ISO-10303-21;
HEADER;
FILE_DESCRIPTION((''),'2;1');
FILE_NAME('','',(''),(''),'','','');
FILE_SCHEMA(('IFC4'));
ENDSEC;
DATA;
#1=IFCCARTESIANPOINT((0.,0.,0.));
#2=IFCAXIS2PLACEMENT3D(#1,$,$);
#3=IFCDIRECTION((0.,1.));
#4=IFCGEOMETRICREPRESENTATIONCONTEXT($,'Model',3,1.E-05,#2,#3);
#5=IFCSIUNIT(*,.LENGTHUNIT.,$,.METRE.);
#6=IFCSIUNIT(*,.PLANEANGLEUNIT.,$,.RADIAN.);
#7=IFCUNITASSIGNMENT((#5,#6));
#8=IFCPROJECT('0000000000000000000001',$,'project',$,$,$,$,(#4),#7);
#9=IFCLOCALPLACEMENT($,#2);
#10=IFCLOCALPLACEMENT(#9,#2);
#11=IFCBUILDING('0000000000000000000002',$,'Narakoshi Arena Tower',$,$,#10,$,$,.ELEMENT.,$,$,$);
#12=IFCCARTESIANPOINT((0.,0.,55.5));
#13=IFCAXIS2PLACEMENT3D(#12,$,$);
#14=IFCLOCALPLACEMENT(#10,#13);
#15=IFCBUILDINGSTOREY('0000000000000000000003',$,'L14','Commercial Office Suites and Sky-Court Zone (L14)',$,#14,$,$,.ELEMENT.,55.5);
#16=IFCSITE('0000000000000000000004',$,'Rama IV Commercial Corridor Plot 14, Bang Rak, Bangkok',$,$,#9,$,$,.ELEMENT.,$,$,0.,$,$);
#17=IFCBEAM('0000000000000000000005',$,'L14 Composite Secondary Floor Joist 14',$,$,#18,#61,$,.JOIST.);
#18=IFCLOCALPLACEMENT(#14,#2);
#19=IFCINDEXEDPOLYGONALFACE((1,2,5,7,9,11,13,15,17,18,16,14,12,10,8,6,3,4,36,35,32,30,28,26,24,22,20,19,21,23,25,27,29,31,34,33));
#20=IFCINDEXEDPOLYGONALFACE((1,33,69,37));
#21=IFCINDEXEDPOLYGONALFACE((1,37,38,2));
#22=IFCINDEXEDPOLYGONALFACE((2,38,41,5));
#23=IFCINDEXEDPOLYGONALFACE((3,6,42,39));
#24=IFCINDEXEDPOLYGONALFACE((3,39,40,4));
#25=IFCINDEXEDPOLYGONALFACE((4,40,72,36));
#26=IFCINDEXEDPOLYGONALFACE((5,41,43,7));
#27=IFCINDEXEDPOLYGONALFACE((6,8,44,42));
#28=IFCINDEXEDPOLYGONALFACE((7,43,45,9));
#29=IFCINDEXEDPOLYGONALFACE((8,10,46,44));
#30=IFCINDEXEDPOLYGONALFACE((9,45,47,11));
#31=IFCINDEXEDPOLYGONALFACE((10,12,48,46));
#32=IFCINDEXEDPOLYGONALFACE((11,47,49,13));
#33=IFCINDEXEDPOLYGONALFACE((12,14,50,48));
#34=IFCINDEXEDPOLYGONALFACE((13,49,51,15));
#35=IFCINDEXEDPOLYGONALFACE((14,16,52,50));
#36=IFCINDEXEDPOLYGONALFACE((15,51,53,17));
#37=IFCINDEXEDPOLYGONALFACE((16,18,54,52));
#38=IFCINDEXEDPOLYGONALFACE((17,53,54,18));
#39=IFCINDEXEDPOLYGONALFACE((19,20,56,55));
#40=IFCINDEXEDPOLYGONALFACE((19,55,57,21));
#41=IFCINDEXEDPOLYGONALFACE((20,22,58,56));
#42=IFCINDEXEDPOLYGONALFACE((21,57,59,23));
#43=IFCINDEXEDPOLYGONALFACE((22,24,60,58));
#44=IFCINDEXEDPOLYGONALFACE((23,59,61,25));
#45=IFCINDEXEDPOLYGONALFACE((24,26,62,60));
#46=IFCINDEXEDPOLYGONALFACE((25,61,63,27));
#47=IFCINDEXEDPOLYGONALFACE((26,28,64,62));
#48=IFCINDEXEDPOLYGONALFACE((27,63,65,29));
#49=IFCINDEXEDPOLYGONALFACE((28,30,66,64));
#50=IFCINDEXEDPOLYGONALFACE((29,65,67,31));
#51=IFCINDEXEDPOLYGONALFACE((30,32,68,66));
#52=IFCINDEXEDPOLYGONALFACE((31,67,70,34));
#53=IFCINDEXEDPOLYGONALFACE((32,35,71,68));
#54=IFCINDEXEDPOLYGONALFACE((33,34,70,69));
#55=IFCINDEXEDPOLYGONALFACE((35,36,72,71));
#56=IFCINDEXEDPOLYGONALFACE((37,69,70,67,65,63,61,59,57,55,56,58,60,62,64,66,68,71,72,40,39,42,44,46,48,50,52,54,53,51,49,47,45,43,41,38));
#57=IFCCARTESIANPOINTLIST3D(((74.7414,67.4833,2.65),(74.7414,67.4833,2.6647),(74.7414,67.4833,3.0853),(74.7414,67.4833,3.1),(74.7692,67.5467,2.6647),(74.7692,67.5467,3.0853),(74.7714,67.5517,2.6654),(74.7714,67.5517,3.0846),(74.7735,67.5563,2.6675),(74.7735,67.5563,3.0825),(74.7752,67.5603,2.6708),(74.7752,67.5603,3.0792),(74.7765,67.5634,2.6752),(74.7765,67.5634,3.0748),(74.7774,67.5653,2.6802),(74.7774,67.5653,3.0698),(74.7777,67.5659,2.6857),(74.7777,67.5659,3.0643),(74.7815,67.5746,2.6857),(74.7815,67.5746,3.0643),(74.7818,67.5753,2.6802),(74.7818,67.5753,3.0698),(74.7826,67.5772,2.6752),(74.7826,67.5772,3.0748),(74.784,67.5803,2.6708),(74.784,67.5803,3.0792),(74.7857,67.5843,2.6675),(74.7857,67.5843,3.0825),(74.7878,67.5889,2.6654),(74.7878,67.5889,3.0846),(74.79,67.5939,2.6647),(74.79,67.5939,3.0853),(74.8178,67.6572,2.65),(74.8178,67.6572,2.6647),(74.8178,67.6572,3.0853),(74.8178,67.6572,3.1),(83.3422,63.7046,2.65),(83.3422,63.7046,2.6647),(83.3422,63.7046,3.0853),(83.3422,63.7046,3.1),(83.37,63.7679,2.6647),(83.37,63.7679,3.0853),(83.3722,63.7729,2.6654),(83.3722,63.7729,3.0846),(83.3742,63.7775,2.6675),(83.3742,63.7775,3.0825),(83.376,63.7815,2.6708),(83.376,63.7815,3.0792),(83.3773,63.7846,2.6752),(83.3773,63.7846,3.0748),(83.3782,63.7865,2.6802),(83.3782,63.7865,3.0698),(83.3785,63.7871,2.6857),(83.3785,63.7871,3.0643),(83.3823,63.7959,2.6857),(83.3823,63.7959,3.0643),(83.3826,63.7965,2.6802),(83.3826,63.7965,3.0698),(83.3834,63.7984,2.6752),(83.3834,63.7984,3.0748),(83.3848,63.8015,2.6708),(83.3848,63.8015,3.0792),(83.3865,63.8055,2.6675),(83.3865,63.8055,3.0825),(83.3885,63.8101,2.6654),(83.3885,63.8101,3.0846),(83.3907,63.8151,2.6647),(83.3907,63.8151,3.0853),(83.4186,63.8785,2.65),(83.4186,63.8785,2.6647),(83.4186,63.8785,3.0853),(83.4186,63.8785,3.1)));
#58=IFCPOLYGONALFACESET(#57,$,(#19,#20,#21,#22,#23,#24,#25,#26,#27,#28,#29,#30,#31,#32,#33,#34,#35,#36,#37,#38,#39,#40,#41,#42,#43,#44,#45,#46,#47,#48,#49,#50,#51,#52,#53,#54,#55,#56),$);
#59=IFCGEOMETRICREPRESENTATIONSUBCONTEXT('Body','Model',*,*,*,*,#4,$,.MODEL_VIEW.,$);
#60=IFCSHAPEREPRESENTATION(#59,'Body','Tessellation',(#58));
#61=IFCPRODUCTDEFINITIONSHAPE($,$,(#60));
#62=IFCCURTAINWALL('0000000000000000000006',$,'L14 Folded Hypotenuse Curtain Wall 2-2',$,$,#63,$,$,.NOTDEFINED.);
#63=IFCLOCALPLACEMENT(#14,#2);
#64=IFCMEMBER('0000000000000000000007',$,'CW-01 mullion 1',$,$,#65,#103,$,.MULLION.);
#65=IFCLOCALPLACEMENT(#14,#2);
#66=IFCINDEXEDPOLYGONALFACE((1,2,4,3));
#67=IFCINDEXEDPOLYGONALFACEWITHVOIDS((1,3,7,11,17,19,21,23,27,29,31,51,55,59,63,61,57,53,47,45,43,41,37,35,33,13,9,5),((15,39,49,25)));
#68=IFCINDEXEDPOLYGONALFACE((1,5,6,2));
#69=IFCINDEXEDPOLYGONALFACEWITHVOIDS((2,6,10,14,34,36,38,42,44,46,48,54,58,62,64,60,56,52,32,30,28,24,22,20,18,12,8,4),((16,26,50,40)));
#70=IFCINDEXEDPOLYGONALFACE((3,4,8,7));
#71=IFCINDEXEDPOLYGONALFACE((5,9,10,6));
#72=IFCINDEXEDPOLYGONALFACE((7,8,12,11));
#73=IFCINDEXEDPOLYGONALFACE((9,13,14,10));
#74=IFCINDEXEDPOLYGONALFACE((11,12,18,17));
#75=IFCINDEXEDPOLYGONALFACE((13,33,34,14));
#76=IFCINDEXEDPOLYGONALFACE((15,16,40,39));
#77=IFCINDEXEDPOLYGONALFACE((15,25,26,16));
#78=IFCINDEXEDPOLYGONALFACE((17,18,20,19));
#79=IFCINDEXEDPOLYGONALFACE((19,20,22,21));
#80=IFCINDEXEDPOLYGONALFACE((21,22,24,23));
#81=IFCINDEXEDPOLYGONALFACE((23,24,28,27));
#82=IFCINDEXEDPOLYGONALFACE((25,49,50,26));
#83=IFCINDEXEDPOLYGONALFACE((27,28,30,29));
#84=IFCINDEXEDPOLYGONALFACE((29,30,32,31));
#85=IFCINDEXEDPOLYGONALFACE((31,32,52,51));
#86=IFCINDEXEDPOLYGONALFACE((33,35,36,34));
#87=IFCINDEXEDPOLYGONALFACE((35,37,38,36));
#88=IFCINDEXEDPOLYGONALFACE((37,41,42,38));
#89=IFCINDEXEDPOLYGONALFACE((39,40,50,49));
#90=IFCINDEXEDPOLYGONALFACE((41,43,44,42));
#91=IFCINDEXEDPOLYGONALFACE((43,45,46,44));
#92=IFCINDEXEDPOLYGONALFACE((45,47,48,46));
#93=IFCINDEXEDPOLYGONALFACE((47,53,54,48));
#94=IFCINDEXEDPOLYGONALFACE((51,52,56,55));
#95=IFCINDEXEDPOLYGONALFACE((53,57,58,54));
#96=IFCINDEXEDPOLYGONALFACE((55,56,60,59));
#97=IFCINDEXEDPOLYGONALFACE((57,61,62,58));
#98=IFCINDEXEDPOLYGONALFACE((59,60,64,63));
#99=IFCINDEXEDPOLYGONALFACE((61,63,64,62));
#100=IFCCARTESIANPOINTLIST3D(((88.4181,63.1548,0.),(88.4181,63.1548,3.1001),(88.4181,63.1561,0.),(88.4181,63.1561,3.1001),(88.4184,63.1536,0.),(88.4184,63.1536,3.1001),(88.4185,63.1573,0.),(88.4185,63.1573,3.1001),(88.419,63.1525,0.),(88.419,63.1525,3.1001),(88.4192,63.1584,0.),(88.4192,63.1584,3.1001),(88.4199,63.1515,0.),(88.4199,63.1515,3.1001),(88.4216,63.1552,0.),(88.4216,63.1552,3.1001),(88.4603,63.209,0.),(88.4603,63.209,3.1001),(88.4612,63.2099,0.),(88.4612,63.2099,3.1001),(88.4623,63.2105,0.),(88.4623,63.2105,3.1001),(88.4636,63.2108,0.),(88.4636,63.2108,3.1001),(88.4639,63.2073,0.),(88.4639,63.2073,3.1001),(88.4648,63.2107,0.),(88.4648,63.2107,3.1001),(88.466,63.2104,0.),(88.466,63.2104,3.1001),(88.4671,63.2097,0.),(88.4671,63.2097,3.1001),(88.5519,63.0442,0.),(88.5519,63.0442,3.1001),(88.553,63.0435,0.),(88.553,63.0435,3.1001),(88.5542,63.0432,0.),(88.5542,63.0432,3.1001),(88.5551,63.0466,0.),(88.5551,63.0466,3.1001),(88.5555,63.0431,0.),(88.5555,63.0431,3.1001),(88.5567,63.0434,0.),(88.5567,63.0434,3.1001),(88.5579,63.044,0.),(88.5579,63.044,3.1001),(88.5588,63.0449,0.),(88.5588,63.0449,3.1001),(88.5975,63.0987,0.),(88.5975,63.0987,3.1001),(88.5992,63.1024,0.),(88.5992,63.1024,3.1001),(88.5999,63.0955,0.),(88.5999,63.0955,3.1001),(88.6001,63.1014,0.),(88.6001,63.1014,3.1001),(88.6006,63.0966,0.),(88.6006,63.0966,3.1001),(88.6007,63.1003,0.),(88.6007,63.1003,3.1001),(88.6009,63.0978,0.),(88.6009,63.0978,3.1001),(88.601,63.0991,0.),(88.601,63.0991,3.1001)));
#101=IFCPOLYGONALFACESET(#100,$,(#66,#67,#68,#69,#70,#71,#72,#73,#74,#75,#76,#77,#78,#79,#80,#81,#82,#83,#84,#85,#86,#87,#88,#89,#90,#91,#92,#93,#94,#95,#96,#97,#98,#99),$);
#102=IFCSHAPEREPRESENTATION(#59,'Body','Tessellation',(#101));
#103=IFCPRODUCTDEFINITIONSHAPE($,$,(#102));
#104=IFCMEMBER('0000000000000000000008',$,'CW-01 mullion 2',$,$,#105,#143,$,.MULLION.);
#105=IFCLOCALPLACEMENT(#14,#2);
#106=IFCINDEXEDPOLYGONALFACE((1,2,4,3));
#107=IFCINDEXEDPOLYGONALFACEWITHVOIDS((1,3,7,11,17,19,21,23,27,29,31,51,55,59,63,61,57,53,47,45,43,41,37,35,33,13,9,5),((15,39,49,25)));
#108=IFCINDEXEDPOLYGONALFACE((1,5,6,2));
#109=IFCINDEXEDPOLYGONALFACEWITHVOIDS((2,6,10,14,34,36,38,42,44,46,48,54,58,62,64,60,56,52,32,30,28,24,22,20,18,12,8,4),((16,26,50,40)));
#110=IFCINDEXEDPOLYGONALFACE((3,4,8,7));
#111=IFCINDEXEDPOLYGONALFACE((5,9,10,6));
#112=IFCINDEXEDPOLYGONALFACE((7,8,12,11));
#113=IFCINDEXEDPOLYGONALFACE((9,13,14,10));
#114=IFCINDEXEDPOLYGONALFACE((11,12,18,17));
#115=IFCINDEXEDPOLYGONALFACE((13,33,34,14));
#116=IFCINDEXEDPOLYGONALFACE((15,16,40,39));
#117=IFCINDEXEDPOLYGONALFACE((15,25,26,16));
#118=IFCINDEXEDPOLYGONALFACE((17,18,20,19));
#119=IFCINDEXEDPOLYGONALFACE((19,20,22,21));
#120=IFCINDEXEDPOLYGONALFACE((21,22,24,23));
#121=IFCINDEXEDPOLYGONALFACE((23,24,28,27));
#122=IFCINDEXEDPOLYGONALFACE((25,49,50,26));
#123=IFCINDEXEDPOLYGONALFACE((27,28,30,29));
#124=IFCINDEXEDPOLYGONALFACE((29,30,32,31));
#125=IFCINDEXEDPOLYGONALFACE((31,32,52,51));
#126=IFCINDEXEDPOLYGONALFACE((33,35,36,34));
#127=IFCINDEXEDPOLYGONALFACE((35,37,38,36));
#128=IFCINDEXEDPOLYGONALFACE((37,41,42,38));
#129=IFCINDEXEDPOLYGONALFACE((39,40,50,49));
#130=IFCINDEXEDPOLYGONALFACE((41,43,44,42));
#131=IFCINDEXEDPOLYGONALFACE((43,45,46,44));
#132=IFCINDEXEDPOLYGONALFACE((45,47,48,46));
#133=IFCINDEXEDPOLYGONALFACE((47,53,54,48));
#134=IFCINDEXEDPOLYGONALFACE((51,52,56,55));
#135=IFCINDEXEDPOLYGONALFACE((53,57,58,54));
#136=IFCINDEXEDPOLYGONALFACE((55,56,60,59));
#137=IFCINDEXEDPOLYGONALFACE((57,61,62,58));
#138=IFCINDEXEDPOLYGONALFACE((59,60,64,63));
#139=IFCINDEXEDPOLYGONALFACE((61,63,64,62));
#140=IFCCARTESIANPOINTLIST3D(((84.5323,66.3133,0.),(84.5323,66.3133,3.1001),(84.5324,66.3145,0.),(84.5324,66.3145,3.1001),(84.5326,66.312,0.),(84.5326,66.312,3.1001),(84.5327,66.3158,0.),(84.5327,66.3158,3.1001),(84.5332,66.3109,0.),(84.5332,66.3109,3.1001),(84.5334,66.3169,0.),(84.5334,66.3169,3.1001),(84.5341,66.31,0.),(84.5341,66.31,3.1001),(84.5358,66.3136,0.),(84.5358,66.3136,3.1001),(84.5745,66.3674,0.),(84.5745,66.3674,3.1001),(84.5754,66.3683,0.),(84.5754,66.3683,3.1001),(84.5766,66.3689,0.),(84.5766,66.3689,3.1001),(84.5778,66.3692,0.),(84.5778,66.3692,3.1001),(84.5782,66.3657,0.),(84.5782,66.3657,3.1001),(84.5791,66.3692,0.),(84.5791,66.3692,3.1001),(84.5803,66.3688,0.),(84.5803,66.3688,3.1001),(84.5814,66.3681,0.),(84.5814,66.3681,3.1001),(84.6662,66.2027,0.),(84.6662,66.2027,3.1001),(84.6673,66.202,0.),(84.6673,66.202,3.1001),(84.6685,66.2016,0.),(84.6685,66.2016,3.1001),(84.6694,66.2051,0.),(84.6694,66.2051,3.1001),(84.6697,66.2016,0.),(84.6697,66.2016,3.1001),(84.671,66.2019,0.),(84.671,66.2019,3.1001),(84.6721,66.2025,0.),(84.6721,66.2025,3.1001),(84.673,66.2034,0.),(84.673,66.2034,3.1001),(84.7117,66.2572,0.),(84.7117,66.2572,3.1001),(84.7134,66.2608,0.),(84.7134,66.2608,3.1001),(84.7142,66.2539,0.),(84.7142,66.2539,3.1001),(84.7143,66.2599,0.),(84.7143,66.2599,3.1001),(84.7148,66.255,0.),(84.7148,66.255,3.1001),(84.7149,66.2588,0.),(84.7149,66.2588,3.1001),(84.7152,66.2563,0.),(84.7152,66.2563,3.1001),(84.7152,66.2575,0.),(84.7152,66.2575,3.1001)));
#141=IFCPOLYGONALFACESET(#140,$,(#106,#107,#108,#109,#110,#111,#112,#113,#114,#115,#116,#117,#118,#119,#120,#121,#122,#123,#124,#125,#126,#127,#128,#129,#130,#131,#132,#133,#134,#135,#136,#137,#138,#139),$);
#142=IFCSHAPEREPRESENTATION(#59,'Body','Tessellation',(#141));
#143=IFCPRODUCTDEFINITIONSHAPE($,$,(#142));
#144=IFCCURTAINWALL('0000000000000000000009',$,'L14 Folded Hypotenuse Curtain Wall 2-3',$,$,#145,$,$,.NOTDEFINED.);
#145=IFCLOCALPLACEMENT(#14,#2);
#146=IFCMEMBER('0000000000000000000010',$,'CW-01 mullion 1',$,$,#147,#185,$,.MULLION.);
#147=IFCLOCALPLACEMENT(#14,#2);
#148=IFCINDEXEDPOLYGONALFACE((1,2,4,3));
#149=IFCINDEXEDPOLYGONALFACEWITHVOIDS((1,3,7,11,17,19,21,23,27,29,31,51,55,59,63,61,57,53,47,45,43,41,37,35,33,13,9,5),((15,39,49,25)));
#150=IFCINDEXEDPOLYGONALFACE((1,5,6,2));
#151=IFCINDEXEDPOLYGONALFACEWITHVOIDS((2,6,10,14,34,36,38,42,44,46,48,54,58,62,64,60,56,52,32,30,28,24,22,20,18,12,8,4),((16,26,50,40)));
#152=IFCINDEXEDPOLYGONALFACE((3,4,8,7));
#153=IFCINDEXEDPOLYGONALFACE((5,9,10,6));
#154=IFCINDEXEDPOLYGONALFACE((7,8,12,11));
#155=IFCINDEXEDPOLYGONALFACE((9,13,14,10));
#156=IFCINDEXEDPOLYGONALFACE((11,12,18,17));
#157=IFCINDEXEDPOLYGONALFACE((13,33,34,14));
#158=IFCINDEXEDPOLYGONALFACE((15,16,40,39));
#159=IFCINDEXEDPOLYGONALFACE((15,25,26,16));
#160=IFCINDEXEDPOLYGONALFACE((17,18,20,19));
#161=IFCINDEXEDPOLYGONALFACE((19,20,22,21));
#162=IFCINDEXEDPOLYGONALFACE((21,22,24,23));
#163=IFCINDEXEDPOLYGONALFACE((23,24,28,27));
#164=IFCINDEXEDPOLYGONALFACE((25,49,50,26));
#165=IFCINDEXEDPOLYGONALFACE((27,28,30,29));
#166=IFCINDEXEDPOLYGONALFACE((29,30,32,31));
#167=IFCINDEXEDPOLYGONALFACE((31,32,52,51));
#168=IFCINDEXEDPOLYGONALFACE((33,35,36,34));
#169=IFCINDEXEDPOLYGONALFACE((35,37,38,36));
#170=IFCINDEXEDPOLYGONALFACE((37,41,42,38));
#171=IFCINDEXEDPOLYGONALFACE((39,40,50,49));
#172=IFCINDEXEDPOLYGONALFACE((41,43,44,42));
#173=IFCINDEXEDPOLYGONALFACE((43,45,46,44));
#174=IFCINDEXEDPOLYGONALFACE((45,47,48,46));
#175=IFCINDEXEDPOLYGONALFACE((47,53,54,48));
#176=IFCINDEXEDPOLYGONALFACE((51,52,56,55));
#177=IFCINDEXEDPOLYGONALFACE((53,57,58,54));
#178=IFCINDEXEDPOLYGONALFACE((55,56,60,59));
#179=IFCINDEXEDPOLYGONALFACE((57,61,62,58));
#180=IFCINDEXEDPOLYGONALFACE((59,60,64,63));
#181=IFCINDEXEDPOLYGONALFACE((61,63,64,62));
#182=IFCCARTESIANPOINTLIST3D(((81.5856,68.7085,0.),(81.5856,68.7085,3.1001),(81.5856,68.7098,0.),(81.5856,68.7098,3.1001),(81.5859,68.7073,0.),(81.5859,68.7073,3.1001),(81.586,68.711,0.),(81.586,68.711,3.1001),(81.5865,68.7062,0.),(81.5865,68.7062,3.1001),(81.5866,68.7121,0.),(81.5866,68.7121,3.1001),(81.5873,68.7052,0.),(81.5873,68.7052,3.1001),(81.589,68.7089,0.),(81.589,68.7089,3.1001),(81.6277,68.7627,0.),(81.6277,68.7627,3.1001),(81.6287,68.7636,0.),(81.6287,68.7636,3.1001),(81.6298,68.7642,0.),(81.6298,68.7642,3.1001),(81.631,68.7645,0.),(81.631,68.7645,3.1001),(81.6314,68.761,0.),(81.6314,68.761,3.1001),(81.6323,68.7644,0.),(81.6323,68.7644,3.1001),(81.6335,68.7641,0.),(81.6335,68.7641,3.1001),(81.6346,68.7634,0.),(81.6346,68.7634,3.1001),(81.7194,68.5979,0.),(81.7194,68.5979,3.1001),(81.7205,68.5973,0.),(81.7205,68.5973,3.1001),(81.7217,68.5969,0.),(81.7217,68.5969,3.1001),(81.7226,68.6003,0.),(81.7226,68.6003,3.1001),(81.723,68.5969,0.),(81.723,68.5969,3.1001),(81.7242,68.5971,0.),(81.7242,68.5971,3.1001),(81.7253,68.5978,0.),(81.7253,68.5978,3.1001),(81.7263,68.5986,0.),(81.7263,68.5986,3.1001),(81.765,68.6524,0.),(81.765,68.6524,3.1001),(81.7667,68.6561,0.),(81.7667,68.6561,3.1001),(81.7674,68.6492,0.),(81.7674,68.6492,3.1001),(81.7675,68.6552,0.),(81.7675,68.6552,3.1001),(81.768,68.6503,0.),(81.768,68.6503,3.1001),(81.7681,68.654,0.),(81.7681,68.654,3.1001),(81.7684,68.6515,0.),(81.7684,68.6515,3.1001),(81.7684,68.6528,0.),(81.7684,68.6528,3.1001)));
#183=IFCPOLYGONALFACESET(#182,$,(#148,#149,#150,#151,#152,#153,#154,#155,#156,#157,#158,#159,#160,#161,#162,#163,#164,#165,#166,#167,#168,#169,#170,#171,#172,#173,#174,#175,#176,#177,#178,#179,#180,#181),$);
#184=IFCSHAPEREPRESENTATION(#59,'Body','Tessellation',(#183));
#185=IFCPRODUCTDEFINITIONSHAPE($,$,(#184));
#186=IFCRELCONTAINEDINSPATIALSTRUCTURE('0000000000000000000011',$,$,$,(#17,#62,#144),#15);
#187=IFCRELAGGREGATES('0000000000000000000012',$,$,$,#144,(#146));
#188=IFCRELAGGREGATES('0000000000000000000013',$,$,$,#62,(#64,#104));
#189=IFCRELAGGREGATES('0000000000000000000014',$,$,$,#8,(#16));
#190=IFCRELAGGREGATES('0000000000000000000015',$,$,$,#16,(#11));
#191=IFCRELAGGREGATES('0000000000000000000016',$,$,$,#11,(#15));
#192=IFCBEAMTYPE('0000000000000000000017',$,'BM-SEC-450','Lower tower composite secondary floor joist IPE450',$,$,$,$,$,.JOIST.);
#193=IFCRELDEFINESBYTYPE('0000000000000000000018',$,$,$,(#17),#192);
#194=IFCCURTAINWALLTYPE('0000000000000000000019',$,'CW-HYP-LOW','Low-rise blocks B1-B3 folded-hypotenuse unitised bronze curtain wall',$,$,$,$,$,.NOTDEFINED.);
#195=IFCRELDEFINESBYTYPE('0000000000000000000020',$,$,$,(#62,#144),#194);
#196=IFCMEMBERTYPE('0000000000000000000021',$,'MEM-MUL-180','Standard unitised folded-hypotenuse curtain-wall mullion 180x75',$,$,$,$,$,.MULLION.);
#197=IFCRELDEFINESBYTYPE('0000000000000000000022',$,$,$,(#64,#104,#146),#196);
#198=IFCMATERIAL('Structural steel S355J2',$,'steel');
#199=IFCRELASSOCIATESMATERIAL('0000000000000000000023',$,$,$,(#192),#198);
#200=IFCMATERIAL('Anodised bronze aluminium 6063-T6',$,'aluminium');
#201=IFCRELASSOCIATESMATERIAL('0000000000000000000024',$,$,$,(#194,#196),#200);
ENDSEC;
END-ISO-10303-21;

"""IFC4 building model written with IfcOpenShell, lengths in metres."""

from ifc_helpers import new_model, si_unit, direction, frame, origin, origin_2d, place, context, subcontext, project, spatial, hollow_rectangle, i_section, extrude, material, material_profile, profile_set, type_object, element, aggregate, save


model = new_model("IFC4")

# Units and contexts
model_context = context("Model", 3, precision=1e-05, world=origin(), true_north=direction((0.0, 1.0)))
body_context = subcontext(model_context, "Body", "Model", "MODEL_VIEW")
ifc_project = project(units=[si_unit("LENGTHUNIT", "METRE"), si_unit("PLANEANGLEUNIT", "RADIAN")], contexts=[model_context])

# Site, building, storey
site_placement = place(None, origin())
site = spatial("IfcSite", under=ifc_project, at=site_placement, Name="Rama IV Commercial Corridor Plot 14, Bang Rak, Bangkok", CompositionType="ELEMENT", RefElevation=0.0)
building_placement = place(site_placement, origin())
building = spatial("IfcBuilding", under=site, at=building_placement, Name="Narakoshi Arena Tower", CompositionType="ELEMENT")
storey_placement = place(building_placement, frame((0.0, 0.0, 55.5)))
storey = spatial("IfcBuildingStorey", under=building, at=storey_placement, Name="L14", Description="Commercial Office Suites and Sky-Court Zone (L14)", CompositionType="ELEMENT", Elevation=55.5)

# Beam
ifc_material_1 = material(Name="Structural steel S355J2", Category="steel")
ifc_material_profile_1 = material_profile(ifc_material_1, i_section(OverallWidth=0.1899, OverallDepth=0.45, WebThickness=0.0095, FlangeThickness=0.0146, FilletRadius=0.021, at=origin_2d()), Name="IPE450")
ifc_profile_set_1 = profile_set([ifc_material_profile_1], Name="Structural steel S355J2")
beam_type_1 = type_object("IfcBeamType", Name="BM-SEC-450", Description="Lower tower composite secondary floor joist IPE450", PredefinedType="JOIST", material=ifc_profile_set_1)
beam_1_placement = place(storey_placement, frame((83.3804, 63.7915, 2.875), z_axis=(-0.915533, 0.402243, 0.0), x_axis=(-0.402243, -0.915533, 0.0)))
element("IfcBeam", 1, at=beam_1_placement, inside=storey, type_object=beam_type_1, Name="L14 Composite Secondary Floor Joist 14", PredefinedType="JOIST", context=body_context, shape_type="SweptSolid", body=[
    extrude(i_section(OverallWidth=0.1899, OverallDepth=0.45, WebThickness=0.0095, FlangeThickness=0.0146, FilletRadius=0.021, at=origin_2d()), origin(), (0.0, 0.0, 1.0), 9.3943),
])

# Curtain wall, members
ifc_material_2 = material(Name="Anodised bronze aluminium 6063-T6", Category="aluminium")
curtain_wall_type = type_object("IfcCurtainWallType", Name="CW-HYP-LOW", Description="Low-rise blocks B1-B3 folded-hypotenuse unitised bronze curtain wall", PredefinedType="NOTDEFINED", material=ifc_material_2)
curtain_wall_1_placement = place(storey_placement, origin())
curtain_wall_1 = element("IfcCurtainWall", 2, at=curtain_wall_1_placement, inside=storey, type_object=curtain_wall_type, Name="L14 Folded Hypotenuse Curtain Wall 2-2", PredefinedType="NOTDEFINED")
ifc_material_profile_2 = material_profile(ifc_material_2, hollow_rectangle(XDim=0.075, YDim=0.1799, WallThickness=0.0039, OuterFilletRadius=0.0049, at=origin_2d()), Name="MUL180x75x4")
ifc_profile_set_2 = profile_set([ifc_material_profile_2], Name="Anodised bronze aluminium 6063-T6")
member_type_1 = type_object("IfcMemberType", Name="MEM-MUL-180", Description="Standard unitised folded-hypotenuse curtain-wall mullion 180x75", PredefinedType="MULLION", material=ifc_profile_set_2)
member_1_placement = place(storey_placement, frame((88.5095, 63.127, 0.0), z_axis=(0.0, 0.0, 1.0), x_axis=(-0.630735, -0.775998, 0.0)))
member_1 = element("IfcMember", 3, at=member_1_placement, type_object=member_type_1, Name="CW-01 mullion 1", PredefinedType="MULLION", context=body_context, shape_type="SweptSolid", body=[
    extrude(hollow_rectangle(XDim=0.075, YDim=0.1799, WallThickness=0.0039, OuterFilletRadius=0.0049, at=origin_2d()), origin(), (0.0, 0.0, 1.0), 3.1001),
])
member_2_placement = place(storey_placement, frame((84.6238, 66.2854, 0.0), z_axis=(0.0, 0.0, 1.0), x_axis=(-0.630735, -0.775998, 0.0)))
member_2 = element("IfcMember", 4, at=member_2_placement, type_object=member_type_1, Name="CW-01 mullion 2", PredefinedType="MULLION", context=body_context, shape_type="SweptSolid", body=[
    extrude(hollow_rectangle(XDim=0.075, YDim=0.1799, WallThickness=0.0039, OuterFilletRadius=0.0049, at=origin_2d()), origin(), (0.0, 0.0, 1.0), 3.1001),
])

# Curtain wall, member
curtain_wall_2_placement = place(storey_placement, origin())
curtain_wall_2 = element("IfcCurtainWall", 5, at=curtain_wall_2_placement, inside=storey, type_object=curtain_wall_type, Name="L14 Folded Hypotenuse Curtain Wall 2-3", PredefinedType="NOTDEFINED")
member_3_placement = place(storey_placement, frame((81.677, 68.6807, 0.0), z_axis=(0.0, 0.0, 1.0), x_axis=(-0.630723, -0.776008, 0.0)))
member_3 = element("IfcMember", 6, at=member_3_placement, type_object=member_type_1, Name="CW-01 mullion 1", PredefinedType="MULLION", context=body_context, shape_type="SweptSolid", body=[
    extrude(hollow_rectangle(XDim=0.075, YDim=0.1799, WallThickness=0.0039, OuterFilletRadius=0.0049, at=origin_2d()), origin(), (0.0, 0.0, 1.0), 3.1001),
])

aggregate(curtain_wall_2, [member_3])

aggregate(curtain_wall_1, [member_1, member_2])

save(model, "model.ifc")
